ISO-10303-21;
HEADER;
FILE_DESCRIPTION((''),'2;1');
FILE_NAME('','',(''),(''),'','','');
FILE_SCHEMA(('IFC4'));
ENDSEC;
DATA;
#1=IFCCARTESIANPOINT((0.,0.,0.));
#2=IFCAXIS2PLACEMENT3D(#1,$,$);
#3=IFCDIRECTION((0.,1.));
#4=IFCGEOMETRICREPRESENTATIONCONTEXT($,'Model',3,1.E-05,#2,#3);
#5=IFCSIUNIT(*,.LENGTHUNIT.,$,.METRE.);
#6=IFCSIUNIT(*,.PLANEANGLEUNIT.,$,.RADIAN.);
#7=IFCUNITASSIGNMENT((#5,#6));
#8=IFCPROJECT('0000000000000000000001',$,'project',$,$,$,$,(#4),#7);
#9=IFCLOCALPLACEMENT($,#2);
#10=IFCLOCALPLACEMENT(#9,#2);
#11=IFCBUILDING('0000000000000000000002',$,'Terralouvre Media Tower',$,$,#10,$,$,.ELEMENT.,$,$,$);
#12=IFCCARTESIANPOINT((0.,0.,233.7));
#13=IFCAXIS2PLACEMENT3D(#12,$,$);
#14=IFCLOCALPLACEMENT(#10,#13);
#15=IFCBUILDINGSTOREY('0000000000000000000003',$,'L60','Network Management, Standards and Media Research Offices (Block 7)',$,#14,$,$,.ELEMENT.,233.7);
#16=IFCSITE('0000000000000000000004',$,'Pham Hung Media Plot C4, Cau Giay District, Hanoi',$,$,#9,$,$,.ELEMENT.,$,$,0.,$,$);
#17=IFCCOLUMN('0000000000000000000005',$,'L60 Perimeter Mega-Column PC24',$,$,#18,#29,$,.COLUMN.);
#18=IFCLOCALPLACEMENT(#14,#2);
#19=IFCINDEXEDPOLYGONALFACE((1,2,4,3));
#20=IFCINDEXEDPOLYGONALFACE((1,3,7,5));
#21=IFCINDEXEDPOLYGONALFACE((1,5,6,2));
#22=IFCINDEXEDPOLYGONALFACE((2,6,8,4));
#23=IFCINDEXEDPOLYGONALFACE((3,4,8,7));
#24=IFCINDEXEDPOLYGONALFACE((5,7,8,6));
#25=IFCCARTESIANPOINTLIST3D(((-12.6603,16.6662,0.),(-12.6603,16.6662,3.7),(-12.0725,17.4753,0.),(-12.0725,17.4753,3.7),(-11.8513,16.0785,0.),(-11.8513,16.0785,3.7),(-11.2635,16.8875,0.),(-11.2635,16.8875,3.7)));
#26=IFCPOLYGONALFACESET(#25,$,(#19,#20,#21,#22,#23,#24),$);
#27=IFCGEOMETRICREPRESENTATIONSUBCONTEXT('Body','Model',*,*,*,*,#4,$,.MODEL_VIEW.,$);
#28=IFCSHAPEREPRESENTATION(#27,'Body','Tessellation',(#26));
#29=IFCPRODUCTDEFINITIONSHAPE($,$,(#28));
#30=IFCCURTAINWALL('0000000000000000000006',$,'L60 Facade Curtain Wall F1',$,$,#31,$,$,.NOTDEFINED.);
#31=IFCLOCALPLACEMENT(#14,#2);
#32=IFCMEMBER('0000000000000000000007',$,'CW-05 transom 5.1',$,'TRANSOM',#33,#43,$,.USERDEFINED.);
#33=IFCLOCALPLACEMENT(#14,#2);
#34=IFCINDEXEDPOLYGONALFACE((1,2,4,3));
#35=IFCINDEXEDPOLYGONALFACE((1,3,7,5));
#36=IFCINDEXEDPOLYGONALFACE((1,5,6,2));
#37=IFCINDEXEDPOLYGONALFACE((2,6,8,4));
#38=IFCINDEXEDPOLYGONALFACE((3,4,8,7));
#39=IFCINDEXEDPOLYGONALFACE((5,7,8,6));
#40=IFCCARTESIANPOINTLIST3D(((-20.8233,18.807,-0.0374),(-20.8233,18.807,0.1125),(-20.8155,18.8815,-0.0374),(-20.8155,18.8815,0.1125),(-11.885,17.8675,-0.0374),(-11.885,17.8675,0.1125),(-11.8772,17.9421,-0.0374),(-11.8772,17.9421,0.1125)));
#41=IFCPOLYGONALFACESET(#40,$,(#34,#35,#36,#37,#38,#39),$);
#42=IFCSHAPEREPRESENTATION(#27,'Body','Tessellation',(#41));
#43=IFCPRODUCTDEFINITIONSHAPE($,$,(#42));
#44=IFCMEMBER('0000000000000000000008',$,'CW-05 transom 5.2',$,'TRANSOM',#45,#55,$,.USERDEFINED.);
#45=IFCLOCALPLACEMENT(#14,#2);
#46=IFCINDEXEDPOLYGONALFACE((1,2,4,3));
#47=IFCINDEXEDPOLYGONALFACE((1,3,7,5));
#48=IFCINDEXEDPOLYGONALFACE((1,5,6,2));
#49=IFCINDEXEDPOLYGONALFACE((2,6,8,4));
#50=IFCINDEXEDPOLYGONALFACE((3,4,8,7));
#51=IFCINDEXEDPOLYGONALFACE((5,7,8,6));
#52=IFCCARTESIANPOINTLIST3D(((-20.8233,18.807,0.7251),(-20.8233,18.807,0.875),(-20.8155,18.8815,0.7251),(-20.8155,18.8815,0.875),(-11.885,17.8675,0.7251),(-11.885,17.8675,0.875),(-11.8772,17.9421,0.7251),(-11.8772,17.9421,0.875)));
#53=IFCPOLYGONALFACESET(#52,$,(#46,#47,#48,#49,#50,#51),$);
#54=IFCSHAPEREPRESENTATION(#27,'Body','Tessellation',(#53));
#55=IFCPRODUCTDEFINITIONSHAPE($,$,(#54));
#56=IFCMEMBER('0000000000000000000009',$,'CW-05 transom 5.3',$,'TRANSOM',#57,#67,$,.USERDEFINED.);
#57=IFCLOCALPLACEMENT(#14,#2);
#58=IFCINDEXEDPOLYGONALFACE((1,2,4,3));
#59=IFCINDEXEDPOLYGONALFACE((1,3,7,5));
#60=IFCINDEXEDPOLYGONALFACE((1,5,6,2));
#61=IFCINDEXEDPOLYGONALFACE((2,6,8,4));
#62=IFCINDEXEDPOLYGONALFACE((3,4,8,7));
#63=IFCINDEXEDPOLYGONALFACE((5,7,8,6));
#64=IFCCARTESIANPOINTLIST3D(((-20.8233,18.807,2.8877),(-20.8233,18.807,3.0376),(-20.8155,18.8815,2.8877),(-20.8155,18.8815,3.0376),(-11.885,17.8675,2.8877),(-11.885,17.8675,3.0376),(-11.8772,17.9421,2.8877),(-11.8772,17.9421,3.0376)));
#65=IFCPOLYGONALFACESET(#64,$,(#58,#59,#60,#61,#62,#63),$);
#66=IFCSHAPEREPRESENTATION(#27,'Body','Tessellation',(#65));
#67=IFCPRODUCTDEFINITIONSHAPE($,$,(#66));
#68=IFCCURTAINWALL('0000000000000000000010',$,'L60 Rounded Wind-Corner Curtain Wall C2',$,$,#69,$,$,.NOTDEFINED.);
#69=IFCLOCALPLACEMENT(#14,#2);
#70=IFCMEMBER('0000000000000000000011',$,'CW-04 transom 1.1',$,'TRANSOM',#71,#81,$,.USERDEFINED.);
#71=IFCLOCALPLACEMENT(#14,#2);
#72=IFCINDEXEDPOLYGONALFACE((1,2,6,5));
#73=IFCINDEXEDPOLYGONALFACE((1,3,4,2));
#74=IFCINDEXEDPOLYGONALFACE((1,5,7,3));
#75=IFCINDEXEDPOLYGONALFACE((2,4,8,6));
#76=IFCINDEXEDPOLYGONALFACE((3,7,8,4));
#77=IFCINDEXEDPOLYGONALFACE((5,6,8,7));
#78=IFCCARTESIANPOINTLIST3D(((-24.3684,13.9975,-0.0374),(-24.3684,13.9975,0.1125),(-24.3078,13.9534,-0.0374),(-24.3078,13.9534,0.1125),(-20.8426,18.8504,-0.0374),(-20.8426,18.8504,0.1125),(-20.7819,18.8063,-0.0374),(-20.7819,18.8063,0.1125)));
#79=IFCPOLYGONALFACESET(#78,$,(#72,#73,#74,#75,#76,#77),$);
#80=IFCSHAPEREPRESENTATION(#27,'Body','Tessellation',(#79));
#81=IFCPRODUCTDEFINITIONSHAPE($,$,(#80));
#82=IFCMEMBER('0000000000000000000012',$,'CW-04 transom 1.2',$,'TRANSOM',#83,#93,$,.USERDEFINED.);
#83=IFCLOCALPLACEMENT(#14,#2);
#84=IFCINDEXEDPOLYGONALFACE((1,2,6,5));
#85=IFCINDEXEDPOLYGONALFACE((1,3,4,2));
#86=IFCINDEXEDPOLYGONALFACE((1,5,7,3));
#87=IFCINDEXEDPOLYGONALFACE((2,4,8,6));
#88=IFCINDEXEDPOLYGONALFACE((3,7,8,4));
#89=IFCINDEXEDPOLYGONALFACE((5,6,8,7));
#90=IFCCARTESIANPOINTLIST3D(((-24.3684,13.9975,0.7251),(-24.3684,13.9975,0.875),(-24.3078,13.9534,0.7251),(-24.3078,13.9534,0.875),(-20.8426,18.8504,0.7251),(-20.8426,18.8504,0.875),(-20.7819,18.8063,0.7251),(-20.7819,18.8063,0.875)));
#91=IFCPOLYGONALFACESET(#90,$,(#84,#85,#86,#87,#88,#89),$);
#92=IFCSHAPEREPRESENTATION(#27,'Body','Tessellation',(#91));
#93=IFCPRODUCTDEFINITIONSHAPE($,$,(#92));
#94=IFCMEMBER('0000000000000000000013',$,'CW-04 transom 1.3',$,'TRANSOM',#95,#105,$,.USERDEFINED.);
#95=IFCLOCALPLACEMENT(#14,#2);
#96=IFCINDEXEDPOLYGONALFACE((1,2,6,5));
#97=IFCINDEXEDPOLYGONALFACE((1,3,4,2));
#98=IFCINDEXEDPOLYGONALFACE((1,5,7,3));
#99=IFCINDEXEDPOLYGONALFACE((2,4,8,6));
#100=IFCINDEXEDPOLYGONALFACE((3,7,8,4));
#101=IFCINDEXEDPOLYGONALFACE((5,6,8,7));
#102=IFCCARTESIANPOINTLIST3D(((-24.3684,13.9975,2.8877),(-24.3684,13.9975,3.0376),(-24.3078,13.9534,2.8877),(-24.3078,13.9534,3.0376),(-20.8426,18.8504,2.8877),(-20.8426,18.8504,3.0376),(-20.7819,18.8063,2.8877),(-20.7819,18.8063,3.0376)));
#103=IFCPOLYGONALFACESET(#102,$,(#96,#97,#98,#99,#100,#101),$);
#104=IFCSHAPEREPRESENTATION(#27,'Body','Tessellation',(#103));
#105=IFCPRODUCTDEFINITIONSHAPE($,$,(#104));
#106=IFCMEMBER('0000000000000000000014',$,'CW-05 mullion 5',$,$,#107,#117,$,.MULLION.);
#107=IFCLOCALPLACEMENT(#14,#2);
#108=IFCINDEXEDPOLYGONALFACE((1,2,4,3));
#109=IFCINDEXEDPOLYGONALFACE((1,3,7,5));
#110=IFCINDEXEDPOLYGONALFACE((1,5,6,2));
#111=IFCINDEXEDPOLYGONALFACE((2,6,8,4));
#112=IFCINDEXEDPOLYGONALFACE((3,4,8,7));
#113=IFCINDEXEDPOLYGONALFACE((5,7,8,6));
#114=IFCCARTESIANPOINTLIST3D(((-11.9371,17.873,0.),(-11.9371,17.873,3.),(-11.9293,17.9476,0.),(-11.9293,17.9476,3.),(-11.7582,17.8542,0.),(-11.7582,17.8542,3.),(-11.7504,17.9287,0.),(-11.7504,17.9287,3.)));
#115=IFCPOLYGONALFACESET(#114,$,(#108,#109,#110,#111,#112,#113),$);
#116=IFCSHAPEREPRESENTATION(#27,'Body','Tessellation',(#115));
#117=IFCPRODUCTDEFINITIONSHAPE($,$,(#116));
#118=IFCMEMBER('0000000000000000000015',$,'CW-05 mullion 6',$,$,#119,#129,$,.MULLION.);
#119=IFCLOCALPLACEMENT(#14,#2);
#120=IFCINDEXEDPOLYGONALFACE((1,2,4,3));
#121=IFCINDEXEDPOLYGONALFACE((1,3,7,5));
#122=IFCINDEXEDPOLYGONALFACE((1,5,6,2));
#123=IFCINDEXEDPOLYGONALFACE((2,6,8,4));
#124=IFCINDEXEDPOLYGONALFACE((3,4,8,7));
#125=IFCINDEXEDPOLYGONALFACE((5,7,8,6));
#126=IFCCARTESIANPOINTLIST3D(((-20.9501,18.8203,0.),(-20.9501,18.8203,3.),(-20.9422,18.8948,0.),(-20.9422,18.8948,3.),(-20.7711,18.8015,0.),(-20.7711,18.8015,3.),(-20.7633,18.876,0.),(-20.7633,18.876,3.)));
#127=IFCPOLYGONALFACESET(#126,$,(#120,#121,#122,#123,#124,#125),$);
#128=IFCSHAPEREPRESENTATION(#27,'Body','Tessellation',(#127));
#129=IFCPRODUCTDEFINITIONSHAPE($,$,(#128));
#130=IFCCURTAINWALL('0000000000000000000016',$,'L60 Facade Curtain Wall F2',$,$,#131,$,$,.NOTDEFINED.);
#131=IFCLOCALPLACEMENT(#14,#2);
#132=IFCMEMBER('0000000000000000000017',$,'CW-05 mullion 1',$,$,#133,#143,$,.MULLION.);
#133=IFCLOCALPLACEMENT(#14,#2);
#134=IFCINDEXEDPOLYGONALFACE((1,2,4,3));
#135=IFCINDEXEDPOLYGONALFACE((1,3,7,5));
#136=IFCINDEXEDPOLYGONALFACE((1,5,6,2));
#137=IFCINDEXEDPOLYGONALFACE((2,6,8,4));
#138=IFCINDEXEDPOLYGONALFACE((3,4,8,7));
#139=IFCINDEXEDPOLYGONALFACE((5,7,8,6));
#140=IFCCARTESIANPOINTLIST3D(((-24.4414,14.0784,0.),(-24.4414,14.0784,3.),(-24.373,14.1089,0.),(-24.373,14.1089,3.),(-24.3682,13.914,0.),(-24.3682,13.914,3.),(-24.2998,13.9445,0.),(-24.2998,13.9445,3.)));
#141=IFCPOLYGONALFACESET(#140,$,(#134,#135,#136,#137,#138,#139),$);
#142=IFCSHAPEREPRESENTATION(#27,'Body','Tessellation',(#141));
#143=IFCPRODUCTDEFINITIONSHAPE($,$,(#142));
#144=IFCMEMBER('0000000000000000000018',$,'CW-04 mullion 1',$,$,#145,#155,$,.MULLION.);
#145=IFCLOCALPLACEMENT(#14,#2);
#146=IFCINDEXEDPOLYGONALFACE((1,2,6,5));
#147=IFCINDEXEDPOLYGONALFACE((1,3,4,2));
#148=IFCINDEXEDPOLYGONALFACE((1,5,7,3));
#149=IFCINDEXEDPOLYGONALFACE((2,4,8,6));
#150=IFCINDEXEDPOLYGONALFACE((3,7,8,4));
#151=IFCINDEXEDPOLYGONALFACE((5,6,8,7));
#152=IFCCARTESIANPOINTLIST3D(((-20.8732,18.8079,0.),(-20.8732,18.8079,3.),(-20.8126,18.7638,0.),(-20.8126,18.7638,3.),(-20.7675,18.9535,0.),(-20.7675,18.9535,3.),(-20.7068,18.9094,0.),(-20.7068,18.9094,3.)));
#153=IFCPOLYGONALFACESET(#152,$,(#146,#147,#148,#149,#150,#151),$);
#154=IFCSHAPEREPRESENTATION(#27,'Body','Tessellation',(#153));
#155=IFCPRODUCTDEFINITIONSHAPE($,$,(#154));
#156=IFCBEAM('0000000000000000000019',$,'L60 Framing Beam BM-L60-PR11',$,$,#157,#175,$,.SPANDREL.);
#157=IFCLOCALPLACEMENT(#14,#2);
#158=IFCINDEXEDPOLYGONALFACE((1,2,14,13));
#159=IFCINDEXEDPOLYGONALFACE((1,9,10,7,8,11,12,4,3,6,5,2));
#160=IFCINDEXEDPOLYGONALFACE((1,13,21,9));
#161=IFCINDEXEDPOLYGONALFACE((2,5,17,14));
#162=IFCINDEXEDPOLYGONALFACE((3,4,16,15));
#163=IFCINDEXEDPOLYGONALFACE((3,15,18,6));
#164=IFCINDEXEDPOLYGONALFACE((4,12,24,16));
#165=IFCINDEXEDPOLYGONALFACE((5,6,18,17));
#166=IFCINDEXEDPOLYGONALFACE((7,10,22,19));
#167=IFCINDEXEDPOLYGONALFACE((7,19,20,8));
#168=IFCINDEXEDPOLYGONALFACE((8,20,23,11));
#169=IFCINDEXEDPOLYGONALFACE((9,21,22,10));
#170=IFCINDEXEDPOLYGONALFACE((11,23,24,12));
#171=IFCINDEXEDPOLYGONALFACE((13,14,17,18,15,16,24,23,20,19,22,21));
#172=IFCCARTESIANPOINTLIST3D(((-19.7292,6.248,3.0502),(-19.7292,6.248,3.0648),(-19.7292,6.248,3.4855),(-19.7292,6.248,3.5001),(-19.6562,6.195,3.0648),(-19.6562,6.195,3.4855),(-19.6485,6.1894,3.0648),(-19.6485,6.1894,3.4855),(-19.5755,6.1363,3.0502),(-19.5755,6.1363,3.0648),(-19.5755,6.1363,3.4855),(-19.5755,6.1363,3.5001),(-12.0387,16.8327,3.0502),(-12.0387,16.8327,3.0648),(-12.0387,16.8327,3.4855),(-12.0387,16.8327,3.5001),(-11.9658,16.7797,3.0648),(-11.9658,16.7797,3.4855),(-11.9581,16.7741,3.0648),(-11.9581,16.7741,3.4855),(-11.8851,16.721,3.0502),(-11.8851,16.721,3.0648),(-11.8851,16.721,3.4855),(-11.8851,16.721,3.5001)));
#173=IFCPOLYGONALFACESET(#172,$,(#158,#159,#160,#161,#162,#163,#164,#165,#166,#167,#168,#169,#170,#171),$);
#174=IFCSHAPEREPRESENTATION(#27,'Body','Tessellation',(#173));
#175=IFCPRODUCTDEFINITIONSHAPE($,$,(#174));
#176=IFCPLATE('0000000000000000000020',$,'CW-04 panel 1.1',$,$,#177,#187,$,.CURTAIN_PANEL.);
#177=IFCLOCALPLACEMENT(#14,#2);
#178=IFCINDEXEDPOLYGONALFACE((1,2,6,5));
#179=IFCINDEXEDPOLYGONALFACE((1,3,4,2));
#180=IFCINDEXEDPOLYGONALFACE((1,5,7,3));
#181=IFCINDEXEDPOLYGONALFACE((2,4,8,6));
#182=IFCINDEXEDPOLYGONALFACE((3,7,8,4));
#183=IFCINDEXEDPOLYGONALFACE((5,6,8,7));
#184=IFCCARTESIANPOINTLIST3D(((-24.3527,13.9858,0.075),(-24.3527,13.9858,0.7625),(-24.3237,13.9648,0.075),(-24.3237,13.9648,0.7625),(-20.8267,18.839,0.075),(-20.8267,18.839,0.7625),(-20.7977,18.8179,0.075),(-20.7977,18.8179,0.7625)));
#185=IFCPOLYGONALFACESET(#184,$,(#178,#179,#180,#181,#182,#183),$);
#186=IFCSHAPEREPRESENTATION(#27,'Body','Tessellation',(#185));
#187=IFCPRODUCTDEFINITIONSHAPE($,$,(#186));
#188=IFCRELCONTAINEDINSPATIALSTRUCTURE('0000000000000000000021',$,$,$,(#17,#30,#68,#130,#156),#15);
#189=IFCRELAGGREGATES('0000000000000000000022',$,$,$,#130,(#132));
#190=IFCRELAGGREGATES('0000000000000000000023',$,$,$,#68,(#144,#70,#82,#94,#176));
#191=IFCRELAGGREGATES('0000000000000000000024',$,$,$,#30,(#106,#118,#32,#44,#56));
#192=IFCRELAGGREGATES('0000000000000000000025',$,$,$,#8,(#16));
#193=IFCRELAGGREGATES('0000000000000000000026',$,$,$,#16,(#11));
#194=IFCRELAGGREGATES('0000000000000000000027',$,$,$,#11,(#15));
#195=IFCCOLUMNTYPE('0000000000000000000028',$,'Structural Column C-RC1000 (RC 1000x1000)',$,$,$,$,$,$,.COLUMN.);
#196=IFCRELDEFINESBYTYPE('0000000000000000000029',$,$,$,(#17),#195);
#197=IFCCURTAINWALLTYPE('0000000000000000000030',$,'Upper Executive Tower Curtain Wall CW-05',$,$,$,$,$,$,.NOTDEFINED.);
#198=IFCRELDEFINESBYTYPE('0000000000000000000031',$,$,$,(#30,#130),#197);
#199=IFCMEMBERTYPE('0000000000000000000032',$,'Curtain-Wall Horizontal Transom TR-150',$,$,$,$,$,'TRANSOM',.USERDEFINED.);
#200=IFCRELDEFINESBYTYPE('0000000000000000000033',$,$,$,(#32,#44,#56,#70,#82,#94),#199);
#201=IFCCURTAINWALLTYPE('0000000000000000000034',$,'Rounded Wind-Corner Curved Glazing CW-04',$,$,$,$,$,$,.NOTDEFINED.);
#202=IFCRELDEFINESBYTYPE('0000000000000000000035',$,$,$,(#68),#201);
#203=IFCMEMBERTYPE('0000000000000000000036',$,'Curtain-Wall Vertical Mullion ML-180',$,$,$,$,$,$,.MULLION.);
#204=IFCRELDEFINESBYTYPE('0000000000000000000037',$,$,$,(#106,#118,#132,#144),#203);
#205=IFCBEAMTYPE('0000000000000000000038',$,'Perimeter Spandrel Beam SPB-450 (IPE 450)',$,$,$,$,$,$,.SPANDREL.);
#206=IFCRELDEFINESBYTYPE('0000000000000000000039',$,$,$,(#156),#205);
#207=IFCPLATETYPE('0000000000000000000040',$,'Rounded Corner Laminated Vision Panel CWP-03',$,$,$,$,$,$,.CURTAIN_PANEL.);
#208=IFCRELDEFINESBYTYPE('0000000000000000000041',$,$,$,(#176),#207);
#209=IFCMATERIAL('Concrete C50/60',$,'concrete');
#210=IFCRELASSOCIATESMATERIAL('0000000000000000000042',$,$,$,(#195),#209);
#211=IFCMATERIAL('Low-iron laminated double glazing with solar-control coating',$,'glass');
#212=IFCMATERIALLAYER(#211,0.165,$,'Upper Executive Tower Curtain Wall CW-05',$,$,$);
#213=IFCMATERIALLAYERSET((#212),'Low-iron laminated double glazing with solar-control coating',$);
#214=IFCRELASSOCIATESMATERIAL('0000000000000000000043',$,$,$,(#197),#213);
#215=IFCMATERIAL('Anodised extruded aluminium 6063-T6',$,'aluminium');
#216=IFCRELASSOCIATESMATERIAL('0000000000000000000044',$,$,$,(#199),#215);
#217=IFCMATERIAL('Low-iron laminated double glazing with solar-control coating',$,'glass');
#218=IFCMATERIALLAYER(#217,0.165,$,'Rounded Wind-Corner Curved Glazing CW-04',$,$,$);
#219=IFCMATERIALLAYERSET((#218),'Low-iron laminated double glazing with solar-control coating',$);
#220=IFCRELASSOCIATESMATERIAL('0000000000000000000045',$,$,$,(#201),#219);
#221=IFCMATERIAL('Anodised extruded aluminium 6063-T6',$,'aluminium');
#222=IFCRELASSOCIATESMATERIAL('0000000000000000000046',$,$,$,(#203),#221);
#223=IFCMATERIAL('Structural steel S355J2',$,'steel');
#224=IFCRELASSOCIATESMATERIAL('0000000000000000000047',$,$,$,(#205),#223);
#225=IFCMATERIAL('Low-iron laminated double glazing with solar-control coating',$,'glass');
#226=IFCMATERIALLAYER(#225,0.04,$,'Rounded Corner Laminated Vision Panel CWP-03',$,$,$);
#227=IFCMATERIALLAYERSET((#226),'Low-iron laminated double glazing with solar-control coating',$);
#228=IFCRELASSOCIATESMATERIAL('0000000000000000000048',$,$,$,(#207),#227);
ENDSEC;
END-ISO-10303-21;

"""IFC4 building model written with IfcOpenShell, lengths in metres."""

from ifc_helpers import new_model, si_unit, direction, frame, origin, origin_2d, place, context, subcontext, project, spatial, rectangle, i_section, extrude, material, layer, layer_set, material_profile, profile_set, type_object, element, aggregate, save


model = new_model("IFC4")

# Units and contexts
model_context = context("Model", 3, precision=1e-05, world=origin(), true_north=direction((0.0, 1.0)))
body_context = subcontext(model_context, "Body", "Model", "MODEL_VIEW")
ifc_project = project(units=[si_unit("LENGTHUNIT", "METRE"), si_unit("PLANEANGLEUNIT", "RADIAN")], contexts=[model_context])

# Site, building, storey
site_placement = place(None, origin())
site = spatial("IfcSite", under=ifc_project, at=site_placement, Name="Pham Hung Media Plot C4, Cau Giay District, Hanoi", CompositionType="ELEMENT", RefElevation=0.0)
building_placement = place(site_placement, origin())
building = spatial("IfcBuilding", under=site, at=building_placement, Name="Terralouvre Media Tower", CompositionType="ELEMENT")
storey_placement = place(building_placement, frame((0.0, 0.0, 233.7)))
storey = spatial("IfcBuildingStorey", under=building, at=storey_placement, Name="L60", Description="Network Management, Standards and Media Research Offices (Block 7)", CompositionType="ELEMENT", Elevation=233.7)

# Column
ifc_material_1 = material(Name="Concrete C50/60", Category="concrete")
ifc_material_profile_1 = material_profile(ifc_material_1, rectangle(XDim=1.0, YDim=1.0, at=origin_2d()), Name="RC 1000x1000")
ifc_profile_set_1 = profile_set([ifc_material_profile_1], Name="Concrete C50/60")
column_type = type_object("IfcColumnType", Name="Structural Column C-RC1000 (RC 1000x1000)", PredefinedType="COLUMN", material=ifc_profile_set_1)
column_placement = place(storey_placement, frame((-11.9619, 16.7769, 0.0), z_axis=(0.0, 0.0, 1.0), x_axis=(0.587785, 0.809017, 0.0)))
element("IfcColumn", 1, at=column_placement, inside=storey, type_object=column_type, Name="L60 Perimeter Mega-Column PC24", PredefinedType="COLUMN", context=body_context, shape_type="SweptSolid", body=[
    extrude(rectangle(XDim=1.0, YDim=1.0, at=origin_2d()), origin(), (0.0, 0.0, 1.0), 3.7),
])

# Curtain walls, members
ifc_material_2 = material(Name="Low-iron laminated double glazing with solar-control coating", Category="glass")
ifc_layer_1 = layer(ifc_material_2, 0.165, Name="Upper Executive Tower Curtain Wall CW-05")
ifc_layer_set_1 = layer_set([ifc_layer_1], Name="Low-iron laminated double glazing with solar-control coating")
curtain_wall_type_1 = type_object("IfcCurtainWallType", Name="Upper Executive Tower Curtain Wall CW-05", PredefinedType="NOTDEFINED", material=ifc_layer_set_1)
curtain_wall_1_placement = place(storey_placement, origin())
curtain_wall_1 = element("IfcCurtainWall", 2, at=curtain_wall_1_placement, inside=storey, type_object=curtain_wall_type_1, Name="L60 Facade Curtain Wall F1", PredefinedType="NOTDEFINED")
ifc_material_3 = material(Name="Anodised extruded aluminium 6063-T6", Category="aluminium")
ifc_material_profile_2 = material_profile(ifc_material_3, rectangle(XDim=0.075, YDim=0.1499, at=origin_2d()), Name="ALU 75x150")
ifc_profile_set_2 = profile_set([ifc_material_profile_2], Name="Anodised extruded aluminium 6063-T6")
member_type_1 = type_object("IfcMemberType", Name="Curtain-Wall Horizontal Transom TR-150", ElementType="TRANSOM", PredefinedType="USERDEFINED", material=ifc_profile_set_2)
member_1_placement = place(storey_placement, frame((-11.8811, 17.9048, 0.0376), z_axis=(-0.994522, 0.104529, 0.0), x_axis=(-0.104529, -0.994522, 0.0)))
member_1 = element("IfcMember", 3, at=member_1_placement, type_object=member_type_1, Name="CW-05 transom 5.1", ObjectType="TRANSOM", PredefinedType="USERDEFINED", context=body_context, shape_type="SweptSolid", body=[
    extrude(rectangle(XDim=0.075, YDim=0.1499, at=origin_2d()), origin(), (0.0, 0.0, 1.0), 8.9875),
])
member_2_placement = place(storey_placement, frame((-11.8811, 17.9048, 0.8), z_axis=(-0.994522, 0.104529, 0.0), x_axis=(-0.104529, -0.994522, 0.0)))
member_2 = element("IfcMember", 4, at=member_2_placement, type_object=member_type_1, Name="CW-05 transom 5.2", ObjectType="TRANSOM", PredefinedType="USERDEFINED", context=body_context, shape_type="SweptSolid", body=[
    extrude(rectangle(XDim=0.075, YDim=0.1499, at=origin_2d()), origin(), (0.0, 0.0, 1.0), 8.9875),
])
member_3_placement = place(storey_placement, frame((-11.8811, 17.9048, 2.9626), z_axis=(-0.994522, 0.104529, 0.0), x_axis=(-0.104529, -0.994522, 0.0)))
member_3 = element("IfcMember", 5, at=member_3_placement, type_object=member_type_1, Name="CW-05 transom 5.3", ObjectType="TRANSOM", PredefinedType="USERDEFINED", context=body_context, shape_type="SweptSolid", body=[
    extrude(rectangle(XDim=0.075, YDim=0.1499, at=origin_2d()), origin(), (0.0, 0.0, 1.0), 8.9875),
])
ifc_material_4 = material(Name="Low-iron laminated double glazing with solar-control coating", Category="glass")
ifc_layer_2 = layer(ifc_material_4, 0.165, Name="Rounded Wind-Corner Curved Glazing CW-04")
ifc_layer_set_2 = layer_set([ifc_layer_2], Name="Low-iron laminated double glazing with solar-control coating")
curtain_wall_type_2 = type_object("IfcCurtainWallType", Name="Rounded Wind-Corner Curved Glazing CW-04", PredefinedType="NOTDEFINED", material=ifc_layer_set_2)
curtain_wall_2_placement = place(storey_placement, origin())
curtain_wall_2 = element("IfcCurtainWall", 6, at=curtain_wall_2_placement, inside=storey, type_object=curtain_wall_type_2, Name="L60 Rounded Wind-Corner Curtain Wall C2", PredefinedType="NOTDEFINED")
member_4_placement = place(storey_placement, frame((-20.8123, 18.8284, 0.0376), z_axis=(-0.58778, -0.809021, 0.0), x_axis=(0.809021, -0.58778, 0.0)))
member_4 = element("IfcMember", 7, at=member_4_placement, type_object=member_type_1, Name="CW-04 transom 1.1", ObjectType="TRANSOM", PredefinedType="USERDEFINED", context=body_context, shape_type="SweptSolid", body=[
    extrude(rectangle(XDim=0.075, YDim=0.1499, at=origin_2d()), origin(), (0.0, 0.0, 1.0), 5.9985),
])
member_5_placement = place(storey_placement, frame((-20.8123, 18.8284, 0.8), z_axis=(-0.58778, -0.809021, 0.0), x_axis=(0.809021, -0.58778, 0.0)))
member_5 = element("IfcMember", 8, at=member_5_placement, type_object=member_type_1, Name="CW-04 transom 1.2", ObjectType="TRANSOM", PredefinedType="USERDEFINED", context=body_context, shape_type="SweptSolid", body=[
    extrude(rectangle(XDim=0.075, YDim=0.1499, at=origin_2d()), origin(), (0.0, 0.0, 1.0), 5.9985),
])
member_6_placement = place(storey_placement, frame((-20.8123, 18.8284, 2.9626), z_axis=(-0.58778, -0.809021, 0.0), x_axis=(0.809021, -0.58778, 0.0)))
member_6 = element("IfcMember", 9, at=member_6_placement, type_object=member_type_1, Name="CW-04 transom 1.3", ObjectType="TRANSOM", PredefinedType="USERDEFINED", context=body_context, shape_type="SweptSolid", body=[
    extrude(rectangle(XDim=0.075, YDim=0.1499, at=origin_2d()), origin(), (0.0, 0.0, 1.0), 5.9985),
])

# Members
ifc_material_5 = material(Name="Anodised extruded aluminium 6063-T6", Category="aluminium")
ifc_material_profile_3 = material_profile(ifc_material_5, rectangle(XDim=0.075, YDim=0.1799, at=origin_2d()), Name="ALU 75x180")
ifc_profile_set_3 = profile_set([ifc_material_profile_3], Name="Anodised extruded aluminium 6063-T6")
member_type_2 = type_object("IfcMemberType", Name="Curtain-Wall Vertical Mullion ML-180", PredefinedType="MULLION", material=ifc_profile_set_3)
member_7_placement = place(storey_placement, frame((-11.8438, 17.9009, 0.0), z_axis=(0.0, 0.0, 1.0), x_axis=(-0.104529, -0.994522, 0.0)))
member_7 = element("IfcMember", 10, at=member_7_placement, type_object=member_type_2, Name="CW-05 mullion 5", PredefinedType="MULLION", context=body_context, shape_type="SweptSolid", body=[
    extrude(rectangle(XDim=0.075, YDim=0.1799, at=origin_2d()), origin(), (0.0, 0.0, 1.0), 3.0),
])
member_8_placement = place(storey_placement, frame((-20.8567, 18.8481, 0.0), z_axis=(0.0, 0.0, 1.0), x_axis=(-0.104529, -0.994522, 0.0)))
member_8 = element("IfcMember", 11, at=member_8_placement, type_object=member_type_2, Name="CW-05 mullion 6", PredefinedType="MULLION", context=body_context, shape_type="SweptSolid", body=[
    extrude(rectangle(XDim=0.075, YDim=0.1799, at=origin_2d()), origin(), (0.0, 0.0, 1.0), 3.0),
])

# Curtain wall, member
curtain_wall_3_placement = place(storey_placement, origin())
curtain_wall_3 = element("IfcCurtainWall", 12, at=curtain_wall_3_placement, inside=storey, type_object=curtain_wall_type_1, Name="L60 Facade Curtain Wall F2", PredefinedType="NOTDEFINED")
member_9_placement = place(storey_placement, frame((-24.3706, 14.0115, 0.0), z_axis=(0.0, 0.0, 1.0), x_axis=(0.913545, 0.406737, 0.0)))
member_9 = element("IfcMember", 13, at=member_9_placement, type_object=member_type_2, Name="CW-05 mullion 1", PredefinedType="MULLION", context=body_context, shape_type="SweptSolid", body=[
    extrude(rectangle(XDim=0.075, YDim=0.1799, at=origin_2d()), origin(), (0.0, 0.0, 1.0), 3.0),
])
aggregate(curtain_wall_3, [member_9])

# Member
member_10_placement = place(storey_placement, frame((-20.79, 18.8586, 0.0), z_axis=(0.0, 0.0, 1.0), x_axis=(0.809017, -0.587786, 0.0)))
member_10 = element("IfcMember", 14, at=member_10_placement, type_object=member_type_2, Name="CW-04 mullion 1", PredefinedType="MULLION", context=body_context, shape_type="SweptSolid", body=[
    extrude(rectangle(XDim=0.075, YDim=0.1799, at=origin_2d()), origin(), (0.0, 0.0, 1.0), 3.0),
])

# Beam
ifc_material_6 = material(Name="Structural steel S355J2", Category="steel")
ifc_material_profile_4 = material_profile(ifc_material_6, i_section(OverallWidth=0.1899, OverallDepth=0.45, WebThickness=0.0095, FlangeThickness=0.0146, at=origin_2d()), Name="IPE 450")
ifc_profile_set_4 = profile_set([ifc_material_profile_4], Name="Structural steel S355J2")
beam_type = type_object("IfcBeamType", Name="Perimeter Spandrel Beam SPB-450 (IPE 450)", PredefinedType="SPANDREL", material=ifc_profile_set_4)
beam_placement = place(storey_placement, frame((-11.9619, 16.7769, 3.2751), z_axis=(-0.587794, -0.80901, 0.0), x_axis=(0.80901, -0.587794, 0.0)))
element("IfcBeam", 15, at=beam_placement, inside=storey, type_object=beam_type, Name="L60 Framing Beam BM-L60-PR11", PredefinedType="SPANDREL", context=body_context, shape_type="SweptSolid", body=[
    extrude(i_section(OverallWidth=0.1899, OverallDepth=0.45, WebThickness=0.0095, FlangeThickness=0.0146, at=origin_2d()), origin(), (0.0, 0.0, 1.0), 13.0835),
])

# Plate
ifc_material_7 = material(Name="Low-iron laminated double glazing with solar-control coating", Category="glass")
ifc_layer_3 = layer(ifc_material_7, 0.04, Name="Rounded Corner Laminated Vision Panel CWP-03")
ifc_layer_set_3 = layer_set([ifc_layer_3], Name="Low-iron laminated double glazing with solar-control coating")
plate_type_1 = type_object("IfcPlateType", Name="Rounded Corner Laminated Vision Panel CWP-03", PredefinedType="CURTAIN_PANEL", material=ifc_layer_set_3)
plate_1_placement = place(storey_placement, frame((-22.5752, 16.4019, 0.075), z_axis=(0.0, 0.0, 1.0), x_axis=(-0.587786, -0.809017, 0.0)))
plate_1 = element("IfcPlate", 16, at=plate_1_placement, type_object=plate_type_1, Name="CW-04 panel 1.1", PredefinedType="CURTAIN_PANEL", context=body_context, shape_type="SweptSolid", body=[
    extrude(rectangle(XDim=5.9988, YDim=0.0359, at=origin_2d()), origin(), (0.0, 0.0, 1.0), 0.6875),
])
aggregate(curtain_wall_2, [member_10, member_4, member_5, member_6, plate_1])
aggregate(curtain_wall_1, [member_7, member_8, member_1, member_2, member_3])

save(model, "model.ifc")
